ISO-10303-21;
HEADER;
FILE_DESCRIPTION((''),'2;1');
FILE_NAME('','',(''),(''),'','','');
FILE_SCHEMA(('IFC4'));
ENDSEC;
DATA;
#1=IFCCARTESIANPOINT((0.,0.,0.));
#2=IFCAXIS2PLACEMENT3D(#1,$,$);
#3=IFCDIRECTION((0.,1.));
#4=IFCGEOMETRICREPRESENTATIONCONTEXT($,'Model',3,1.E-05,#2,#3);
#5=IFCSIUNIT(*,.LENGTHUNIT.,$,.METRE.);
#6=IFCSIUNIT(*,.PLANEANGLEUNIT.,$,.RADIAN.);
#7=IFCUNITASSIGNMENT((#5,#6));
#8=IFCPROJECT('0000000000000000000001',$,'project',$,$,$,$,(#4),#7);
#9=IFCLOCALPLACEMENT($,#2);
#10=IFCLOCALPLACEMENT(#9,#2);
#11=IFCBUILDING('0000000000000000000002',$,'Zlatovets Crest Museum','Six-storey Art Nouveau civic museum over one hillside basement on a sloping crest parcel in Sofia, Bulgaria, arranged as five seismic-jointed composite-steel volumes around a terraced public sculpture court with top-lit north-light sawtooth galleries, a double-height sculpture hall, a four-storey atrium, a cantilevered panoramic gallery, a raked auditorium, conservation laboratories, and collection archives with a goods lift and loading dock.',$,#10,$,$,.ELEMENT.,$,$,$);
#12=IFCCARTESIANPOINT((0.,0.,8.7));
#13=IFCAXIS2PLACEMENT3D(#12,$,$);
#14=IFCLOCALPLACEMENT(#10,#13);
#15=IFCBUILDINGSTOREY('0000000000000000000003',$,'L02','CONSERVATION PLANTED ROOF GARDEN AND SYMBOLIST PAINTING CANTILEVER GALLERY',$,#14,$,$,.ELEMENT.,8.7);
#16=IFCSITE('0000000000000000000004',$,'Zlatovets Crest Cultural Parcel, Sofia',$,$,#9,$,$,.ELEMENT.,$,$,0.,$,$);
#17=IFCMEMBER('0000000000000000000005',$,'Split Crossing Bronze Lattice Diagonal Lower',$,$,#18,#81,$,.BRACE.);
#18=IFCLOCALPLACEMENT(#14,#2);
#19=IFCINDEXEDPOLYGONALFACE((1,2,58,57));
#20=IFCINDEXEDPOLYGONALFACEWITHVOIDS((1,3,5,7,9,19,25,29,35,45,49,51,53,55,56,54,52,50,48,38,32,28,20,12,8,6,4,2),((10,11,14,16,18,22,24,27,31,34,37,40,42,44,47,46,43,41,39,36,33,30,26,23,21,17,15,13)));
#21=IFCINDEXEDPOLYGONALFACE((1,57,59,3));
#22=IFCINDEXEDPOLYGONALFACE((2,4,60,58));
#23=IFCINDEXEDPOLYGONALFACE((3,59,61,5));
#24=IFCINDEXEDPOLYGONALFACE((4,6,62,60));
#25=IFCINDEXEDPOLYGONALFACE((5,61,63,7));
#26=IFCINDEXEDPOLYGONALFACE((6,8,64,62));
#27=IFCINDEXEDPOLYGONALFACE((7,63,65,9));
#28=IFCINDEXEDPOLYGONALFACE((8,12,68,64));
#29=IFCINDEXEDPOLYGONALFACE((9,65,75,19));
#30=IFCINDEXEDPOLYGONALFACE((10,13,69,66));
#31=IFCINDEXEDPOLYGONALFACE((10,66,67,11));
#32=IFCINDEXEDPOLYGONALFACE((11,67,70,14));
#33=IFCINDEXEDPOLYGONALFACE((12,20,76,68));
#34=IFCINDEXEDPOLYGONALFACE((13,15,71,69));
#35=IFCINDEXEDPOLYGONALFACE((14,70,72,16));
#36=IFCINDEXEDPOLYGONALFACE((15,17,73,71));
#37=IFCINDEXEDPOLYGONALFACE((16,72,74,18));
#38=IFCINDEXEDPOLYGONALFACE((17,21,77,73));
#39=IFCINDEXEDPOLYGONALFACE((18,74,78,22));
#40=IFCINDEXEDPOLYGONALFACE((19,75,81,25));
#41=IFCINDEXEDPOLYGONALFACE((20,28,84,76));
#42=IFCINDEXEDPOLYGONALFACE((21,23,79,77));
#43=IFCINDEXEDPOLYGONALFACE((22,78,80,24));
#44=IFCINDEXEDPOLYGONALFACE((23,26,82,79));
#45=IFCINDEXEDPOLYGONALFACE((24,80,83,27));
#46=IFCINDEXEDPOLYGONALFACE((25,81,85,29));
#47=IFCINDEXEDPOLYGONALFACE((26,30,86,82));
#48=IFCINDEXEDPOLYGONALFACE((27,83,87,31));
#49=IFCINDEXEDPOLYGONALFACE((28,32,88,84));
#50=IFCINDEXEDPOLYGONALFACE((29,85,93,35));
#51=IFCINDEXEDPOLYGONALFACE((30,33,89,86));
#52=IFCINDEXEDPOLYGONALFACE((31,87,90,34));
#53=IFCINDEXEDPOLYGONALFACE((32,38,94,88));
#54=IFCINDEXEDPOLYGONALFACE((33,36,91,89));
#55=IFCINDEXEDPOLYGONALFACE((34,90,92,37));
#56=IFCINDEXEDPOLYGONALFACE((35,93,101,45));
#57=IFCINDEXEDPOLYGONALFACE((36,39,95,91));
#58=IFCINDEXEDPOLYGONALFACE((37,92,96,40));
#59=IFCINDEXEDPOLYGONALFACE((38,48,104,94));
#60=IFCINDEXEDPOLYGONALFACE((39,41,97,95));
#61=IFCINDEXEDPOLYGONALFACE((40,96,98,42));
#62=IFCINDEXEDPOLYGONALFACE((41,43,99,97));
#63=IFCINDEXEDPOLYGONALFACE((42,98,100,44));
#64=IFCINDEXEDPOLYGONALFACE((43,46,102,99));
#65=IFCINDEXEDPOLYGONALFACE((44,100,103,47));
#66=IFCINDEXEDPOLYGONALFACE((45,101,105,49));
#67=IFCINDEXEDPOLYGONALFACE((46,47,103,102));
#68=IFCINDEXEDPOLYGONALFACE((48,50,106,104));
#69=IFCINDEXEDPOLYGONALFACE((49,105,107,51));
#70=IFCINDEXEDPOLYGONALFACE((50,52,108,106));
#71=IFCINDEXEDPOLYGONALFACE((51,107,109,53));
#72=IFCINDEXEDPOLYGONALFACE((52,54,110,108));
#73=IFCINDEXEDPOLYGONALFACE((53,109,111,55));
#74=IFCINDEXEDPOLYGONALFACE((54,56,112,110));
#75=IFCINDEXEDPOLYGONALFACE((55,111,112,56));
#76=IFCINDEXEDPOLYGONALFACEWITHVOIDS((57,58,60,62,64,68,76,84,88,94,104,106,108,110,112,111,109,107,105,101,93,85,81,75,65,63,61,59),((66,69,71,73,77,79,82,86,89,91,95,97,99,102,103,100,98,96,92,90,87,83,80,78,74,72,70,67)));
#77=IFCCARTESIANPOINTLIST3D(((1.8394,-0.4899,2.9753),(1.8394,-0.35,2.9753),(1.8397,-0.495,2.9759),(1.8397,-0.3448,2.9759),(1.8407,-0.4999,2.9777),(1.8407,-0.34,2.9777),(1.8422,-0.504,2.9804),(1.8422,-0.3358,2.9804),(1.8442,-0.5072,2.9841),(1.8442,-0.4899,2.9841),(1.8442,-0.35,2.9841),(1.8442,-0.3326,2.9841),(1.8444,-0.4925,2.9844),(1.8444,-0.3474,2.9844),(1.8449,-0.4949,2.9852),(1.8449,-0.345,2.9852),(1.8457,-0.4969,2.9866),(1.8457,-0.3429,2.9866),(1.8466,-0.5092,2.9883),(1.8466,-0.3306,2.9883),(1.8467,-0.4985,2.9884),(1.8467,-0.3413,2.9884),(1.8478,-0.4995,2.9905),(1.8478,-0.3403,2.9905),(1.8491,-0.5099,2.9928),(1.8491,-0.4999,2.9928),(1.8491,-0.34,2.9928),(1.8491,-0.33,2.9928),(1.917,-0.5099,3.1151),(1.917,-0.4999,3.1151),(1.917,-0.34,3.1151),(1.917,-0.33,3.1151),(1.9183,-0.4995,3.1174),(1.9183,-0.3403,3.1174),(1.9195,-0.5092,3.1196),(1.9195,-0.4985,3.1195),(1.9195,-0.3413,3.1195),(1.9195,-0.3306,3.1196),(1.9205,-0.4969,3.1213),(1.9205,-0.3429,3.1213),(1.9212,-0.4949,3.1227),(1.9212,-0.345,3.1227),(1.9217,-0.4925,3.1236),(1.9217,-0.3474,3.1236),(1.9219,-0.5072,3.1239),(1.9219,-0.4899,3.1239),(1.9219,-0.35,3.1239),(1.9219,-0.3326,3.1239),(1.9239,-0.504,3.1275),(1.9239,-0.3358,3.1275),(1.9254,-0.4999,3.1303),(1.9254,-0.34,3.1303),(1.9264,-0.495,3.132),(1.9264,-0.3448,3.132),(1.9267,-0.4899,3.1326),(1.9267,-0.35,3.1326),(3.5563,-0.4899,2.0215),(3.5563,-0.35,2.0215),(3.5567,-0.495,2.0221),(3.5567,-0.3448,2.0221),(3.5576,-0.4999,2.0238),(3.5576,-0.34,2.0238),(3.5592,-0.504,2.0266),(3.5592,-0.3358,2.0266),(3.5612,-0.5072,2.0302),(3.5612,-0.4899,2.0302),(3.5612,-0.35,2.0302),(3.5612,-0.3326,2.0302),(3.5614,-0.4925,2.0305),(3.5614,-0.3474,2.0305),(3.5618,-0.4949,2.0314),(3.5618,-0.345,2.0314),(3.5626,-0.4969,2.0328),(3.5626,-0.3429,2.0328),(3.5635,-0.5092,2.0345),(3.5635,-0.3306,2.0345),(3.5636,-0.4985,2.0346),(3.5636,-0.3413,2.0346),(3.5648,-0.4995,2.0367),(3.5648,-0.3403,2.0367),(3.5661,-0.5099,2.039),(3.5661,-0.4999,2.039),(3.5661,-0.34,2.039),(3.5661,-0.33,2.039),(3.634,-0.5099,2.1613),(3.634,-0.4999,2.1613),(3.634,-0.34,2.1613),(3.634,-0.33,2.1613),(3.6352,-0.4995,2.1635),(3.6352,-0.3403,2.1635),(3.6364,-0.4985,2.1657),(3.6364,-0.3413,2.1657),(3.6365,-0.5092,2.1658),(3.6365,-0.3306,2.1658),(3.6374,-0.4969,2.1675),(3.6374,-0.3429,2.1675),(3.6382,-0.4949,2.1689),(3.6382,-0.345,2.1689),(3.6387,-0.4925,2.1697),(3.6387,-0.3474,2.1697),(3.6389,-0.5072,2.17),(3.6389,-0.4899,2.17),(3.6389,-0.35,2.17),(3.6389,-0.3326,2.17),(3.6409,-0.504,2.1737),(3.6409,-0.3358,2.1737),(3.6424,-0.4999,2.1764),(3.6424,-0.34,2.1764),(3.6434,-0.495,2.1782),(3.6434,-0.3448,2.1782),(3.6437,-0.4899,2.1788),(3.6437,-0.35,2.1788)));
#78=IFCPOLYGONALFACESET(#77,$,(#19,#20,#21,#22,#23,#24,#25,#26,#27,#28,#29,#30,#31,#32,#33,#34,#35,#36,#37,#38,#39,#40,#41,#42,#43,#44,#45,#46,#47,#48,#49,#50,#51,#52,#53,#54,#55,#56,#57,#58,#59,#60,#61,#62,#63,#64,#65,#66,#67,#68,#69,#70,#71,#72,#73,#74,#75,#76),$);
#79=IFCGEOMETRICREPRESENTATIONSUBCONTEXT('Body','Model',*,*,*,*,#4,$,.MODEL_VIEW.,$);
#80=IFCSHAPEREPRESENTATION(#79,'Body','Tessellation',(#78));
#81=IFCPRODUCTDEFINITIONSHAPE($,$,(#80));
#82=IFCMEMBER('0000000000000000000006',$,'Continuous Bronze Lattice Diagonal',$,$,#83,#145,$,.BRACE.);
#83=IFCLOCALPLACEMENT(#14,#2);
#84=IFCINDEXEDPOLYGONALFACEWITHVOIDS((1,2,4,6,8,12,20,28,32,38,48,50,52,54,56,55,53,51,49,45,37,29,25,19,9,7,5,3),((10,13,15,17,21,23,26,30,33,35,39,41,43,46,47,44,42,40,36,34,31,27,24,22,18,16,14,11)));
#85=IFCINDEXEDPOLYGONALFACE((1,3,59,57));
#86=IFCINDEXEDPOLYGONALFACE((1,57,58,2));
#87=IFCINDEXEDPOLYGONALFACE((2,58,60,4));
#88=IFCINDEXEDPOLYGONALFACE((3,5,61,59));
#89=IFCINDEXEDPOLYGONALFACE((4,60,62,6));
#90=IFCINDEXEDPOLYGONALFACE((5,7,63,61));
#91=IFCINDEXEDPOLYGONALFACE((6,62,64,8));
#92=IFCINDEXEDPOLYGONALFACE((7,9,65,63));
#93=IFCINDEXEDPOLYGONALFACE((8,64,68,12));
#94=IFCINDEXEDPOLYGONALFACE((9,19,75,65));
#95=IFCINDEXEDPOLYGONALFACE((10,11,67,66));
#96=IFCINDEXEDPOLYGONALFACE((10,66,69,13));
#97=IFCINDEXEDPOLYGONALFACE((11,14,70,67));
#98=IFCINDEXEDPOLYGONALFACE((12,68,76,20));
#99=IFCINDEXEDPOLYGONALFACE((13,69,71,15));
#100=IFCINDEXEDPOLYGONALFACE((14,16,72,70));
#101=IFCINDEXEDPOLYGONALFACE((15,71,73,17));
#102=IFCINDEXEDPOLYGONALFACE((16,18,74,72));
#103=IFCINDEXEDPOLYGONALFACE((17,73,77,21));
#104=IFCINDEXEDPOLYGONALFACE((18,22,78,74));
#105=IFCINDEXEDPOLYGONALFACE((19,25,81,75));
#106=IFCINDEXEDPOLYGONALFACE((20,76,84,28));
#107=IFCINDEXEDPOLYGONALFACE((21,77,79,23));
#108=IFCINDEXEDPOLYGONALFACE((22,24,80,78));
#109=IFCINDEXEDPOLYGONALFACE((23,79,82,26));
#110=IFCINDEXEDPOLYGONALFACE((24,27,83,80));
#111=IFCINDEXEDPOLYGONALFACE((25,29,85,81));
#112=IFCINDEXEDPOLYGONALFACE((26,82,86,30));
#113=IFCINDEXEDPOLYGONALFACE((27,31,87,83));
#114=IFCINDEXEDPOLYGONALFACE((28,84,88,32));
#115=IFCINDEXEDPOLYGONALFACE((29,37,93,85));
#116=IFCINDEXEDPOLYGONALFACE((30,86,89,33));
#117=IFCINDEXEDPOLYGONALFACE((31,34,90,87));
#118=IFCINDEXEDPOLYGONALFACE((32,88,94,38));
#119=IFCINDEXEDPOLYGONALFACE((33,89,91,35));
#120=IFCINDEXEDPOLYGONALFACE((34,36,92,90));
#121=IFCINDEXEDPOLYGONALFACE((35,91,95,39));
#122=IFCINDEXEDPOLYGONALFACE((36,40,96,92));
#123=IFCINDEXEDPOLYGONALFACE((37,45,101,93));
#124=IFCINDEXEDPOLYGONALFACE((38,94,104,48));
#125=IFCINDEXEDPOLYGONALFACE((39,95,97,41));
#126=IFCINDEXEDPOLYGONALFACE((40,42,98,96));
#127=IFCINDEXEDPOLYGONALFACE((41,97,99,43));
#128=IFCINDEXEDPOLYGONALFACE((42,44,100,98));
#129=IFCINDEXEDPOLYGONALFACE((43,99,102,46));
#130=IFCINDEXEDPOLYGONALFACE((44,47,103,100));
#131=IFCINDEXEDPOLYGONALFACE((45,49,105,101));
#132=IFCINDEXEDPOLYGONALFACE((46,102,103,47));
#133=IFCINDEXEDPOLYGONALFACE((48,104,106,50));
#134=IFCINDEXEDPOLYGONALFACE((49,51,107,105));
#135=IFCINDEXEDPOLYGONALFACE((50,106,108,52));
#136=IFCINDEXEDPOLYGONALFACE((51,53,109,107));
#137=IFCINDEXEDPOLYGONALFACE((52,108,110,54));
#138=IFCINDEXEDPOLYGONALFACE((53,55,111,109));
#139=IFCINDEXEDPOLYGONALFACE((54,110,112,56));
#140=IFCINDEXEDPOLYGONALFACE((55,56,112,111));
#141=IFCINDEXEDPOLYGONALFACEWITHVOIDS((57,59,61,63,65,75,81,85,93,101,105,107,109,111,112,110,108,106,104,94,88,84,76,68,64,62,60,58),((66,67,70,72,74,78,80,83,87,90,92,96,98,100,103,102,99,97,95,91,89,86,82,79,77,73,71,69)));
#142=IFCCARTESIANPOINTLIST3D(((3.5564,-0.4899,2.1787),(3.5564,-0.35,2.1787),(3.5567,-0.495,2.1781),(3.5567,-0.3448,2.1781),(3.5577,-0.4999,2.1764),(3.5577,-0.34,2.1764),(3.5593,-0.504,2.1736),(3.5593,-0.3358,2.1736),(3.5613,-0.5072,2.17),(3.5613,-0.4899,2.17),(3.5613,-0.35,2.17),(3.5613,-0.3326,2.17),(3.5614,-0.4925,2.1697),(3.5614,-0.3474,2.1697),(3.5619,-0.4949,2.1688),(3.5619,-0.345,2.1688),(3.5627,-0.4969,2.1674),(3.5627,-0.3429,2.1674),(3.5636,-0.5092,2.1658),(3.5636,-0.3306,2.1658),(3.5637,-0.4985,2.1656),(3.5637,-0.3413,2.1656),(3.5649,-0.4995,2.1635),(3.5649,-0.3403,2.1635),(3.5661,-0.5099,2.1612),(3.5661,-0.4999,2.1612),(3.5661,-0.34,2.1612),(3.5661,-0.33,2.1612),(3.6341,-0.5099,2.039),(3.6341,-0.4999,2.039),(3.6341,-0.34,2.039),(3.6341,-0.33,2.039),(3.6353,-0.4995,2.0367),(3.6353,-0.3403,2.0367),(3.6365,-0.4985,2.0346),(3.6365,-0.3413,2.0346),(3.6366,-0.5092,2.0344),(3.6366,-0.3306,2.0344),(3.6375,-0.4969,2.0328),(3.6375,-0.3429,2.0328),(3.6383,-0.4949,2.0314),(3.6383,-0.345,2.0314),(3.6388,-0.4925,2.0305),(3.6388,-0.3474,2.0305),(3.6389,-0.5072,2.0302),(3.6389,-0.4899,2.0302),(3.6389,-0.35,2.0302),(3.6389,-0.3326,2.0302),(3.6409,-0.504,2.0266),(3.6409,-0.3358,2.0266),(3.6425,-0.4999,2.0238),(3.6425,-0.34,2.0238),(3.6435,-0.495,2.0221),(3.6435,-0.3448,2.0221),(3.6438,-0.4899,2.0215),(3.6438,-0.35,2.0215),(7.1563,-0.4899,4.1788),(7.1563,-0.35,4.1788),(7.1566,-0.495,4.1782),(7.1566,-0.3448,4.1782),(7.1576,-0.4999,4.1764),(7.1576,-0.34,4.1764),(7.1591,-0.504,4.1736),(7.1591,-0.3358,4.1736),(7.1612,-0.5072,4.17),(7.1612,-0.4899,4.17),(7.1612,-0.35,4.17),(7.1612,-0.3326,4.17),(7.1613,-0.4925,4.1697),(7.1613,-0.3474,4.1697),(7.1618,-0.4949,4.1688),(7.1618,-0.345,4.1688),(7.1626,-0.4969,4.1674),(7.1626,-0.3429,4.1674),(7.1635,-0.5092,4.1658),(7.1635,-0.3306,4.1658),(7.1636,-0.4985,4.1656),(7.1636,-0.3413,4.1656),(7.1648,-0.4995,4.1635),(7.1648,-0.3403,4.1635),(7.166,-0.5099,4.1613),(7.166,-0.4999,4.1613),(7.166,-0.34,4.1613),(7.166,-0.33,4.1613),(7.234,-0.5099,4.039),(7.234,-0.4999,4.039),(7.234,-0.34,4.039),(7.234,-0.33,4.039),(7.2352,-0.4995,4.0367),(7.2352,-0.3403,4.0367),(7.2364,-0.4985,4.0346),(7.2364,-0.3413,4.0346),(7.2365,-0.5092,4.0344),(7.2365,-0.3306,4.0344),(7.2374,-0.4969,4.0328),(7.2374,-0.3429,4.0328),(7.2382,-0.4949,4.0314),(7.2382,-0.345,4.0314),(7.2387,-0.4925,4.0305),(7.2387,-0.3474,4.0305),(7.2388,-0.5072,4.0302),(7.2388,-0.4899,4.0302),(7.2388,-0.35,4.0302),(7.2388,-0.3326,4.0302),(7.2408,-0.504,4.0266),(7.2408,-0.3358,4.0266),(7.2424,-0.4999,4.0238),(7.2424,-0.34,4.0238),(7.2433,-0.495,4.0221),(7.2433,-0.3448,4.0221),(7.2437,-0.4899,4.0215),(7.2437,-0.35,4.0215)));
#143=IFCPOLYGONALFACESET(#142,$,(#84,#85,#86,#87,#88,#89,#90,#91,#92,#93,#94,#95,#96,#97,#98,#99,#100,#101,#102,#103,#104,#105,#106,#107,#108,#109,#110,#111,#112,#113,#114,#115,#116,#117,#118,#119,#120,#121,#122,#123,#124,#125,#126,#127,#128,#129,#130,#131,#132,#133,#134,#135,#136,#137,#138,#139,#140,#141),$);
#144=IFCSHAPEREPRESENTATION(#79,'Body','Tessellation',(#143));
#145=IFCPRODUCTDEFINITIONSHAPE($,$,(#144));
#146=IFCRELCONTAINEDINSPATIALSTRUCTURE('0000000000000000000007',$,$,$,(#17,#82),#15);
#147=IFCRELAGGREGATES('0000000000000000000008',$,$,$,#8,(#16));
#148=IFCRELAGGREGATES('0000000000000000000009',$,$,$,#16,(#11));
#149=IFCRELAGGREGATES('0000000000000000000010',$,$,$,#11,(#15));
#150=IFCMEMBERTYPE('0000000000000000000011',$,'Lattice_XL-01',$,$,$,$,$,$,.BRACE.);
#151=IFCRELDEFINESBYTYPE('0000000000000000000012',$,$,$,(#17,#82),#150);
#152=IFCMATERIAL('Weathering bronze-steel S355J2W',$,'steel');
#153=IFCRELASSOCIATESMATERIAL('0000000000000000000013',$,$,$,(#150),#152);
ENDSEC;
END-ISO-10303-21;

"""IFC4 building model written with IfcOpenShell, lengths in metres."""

from ifc_helpers import new_model, si_unit, direction, frame, origin, origin_2d, place, context, subcontext, project, spatial, hollow_rectangle, extrude, material, material_profile, profile_set, type_object, element, save


model = new_model("IFC4")

# Units and contexts
model_context = context("Model", 3, precision=1e-05, world=origin(), true_north=direction((0.0, 1.0)))
body_context = subcontext(model_context, "Body", "Model", "MODEL_VIEW")
ifc_project = project(units=[si_unit("LENGTHUNIT", "METRE"), si_unit("PLANEANGLEUNIT", "RADIAN")], contexts=[model_context])

# Site, building, storey
site_placement = place(None, origin())
site = spatial("IfcSite", under=ifc_project, at=site_placement, Name="Zlatovets Crest Cultural Parcel, Sofia", CompositionType="ELEMENT", RefElevation=0.0)
building_placement = place(site_placement, origin())
building = spatial("IfcBuilding", under=site, at=building_placement, Name="Zlatovets Crest Museum", Description="Six-storey Art Nouveau civic museum over one hillside basement on a sloping crest parcel in Sofia, Bulgaria, arranged as five seismic-jointed composite-steel volumes around a terraced public sculpture court with top-lit north-light sawtooth galleries, a double-height sculpture hall, a four-storey atrium, a cantilevered panoramic gallery, a raked auditorium, conservation laboratories, and collection archives with a goods lift and loading dock.", CompositionType="ELEMENT")
storey_placement = place(building_placement, frame((0.0, 0.0, 8.7)))
storey = spatial("IfcBuildingStorey", under=building, at=storey_placement, Name="L02", Description="CONSERVATION PLANTED ROOF GARDEN AND SYMBOLIST PAINTING CANTILEVER GALLERY", CompositionType="ELEMENT", Elevation=8.7)

# Members
ifc_material_1 = material(Name="Weathering bronze-steel S355J2W", Category="steel")
ifc_material_profile_1 = material_profile(ifc_material_1, hollow_rectangle(XDim=0.1799, YDim=0.1799, WallThickness=0.01, InnerFilletRadius=0.01, OuterFilletRadius=0.02, at=origin_2d()), Name="SHS 180x180x10.0")
ifc_profile_set_1 = profile_set([ifc_material_profile_1], Name="Weathering bronze-steel S355J2W")
member_type_1 = type_object("IfcMemberType", Name="Lattice_XL-01", PredefinedType="BRACE", material=ifc_profile_set_1)
for number, where, z_axis, x_axis, name in (
    (1, (1.8831, -0.4199, 3.054), (0.874169, 0.0, -0.485622), (0.0, 1.0, 0.0), "Split Crossing Bronze Lattice Diagonal Lower"),
):
    element("IfcMember", number, at=place(storey_placement, frame(where, z_axis=z_axis, x_axis=x_axis)), inside=storey, type_object=member_type_1, Name=name, PredefinedType="BRACE", context=body_context, shape_type="SweptSolid", body=[
        extrude(hollow_rectangle(XDim=0.1799, YDim=0.1799, WallThickness=0.01, InnerFilletRadius=0.01, OuterFilletRadius=0.02, at=origin_2d()), origin(), (0.0, 0.0, 1.0), 1.9641),
    ])
member_1_placement = place(storey_placement, frame((3.6001, -0.4199, 2.1001), z_axis=(0.874149, 0.0, 0.485658), x_axis=(0.0, 1.0, 0.0)))
element("IfcMember", 2, at=member_1_placement, inside=storey, type_object=member_type_1, Name="Continuous Bronze Lattice Diagonal", PredefinedType="BRACE", context=body_context, shape_type="SweptSolid", body=[
    extrude(hollow_rectangle(XDim=0.1799, YDim=0.1799, WallThickness=0.01, InnerFilletRadius=0.01, OuterFilletRadius=0.02, at=origin_2d()), origin(), (0.0, 0.0, 1.0), 4.1182),
])

save(model, "model.ifc")
